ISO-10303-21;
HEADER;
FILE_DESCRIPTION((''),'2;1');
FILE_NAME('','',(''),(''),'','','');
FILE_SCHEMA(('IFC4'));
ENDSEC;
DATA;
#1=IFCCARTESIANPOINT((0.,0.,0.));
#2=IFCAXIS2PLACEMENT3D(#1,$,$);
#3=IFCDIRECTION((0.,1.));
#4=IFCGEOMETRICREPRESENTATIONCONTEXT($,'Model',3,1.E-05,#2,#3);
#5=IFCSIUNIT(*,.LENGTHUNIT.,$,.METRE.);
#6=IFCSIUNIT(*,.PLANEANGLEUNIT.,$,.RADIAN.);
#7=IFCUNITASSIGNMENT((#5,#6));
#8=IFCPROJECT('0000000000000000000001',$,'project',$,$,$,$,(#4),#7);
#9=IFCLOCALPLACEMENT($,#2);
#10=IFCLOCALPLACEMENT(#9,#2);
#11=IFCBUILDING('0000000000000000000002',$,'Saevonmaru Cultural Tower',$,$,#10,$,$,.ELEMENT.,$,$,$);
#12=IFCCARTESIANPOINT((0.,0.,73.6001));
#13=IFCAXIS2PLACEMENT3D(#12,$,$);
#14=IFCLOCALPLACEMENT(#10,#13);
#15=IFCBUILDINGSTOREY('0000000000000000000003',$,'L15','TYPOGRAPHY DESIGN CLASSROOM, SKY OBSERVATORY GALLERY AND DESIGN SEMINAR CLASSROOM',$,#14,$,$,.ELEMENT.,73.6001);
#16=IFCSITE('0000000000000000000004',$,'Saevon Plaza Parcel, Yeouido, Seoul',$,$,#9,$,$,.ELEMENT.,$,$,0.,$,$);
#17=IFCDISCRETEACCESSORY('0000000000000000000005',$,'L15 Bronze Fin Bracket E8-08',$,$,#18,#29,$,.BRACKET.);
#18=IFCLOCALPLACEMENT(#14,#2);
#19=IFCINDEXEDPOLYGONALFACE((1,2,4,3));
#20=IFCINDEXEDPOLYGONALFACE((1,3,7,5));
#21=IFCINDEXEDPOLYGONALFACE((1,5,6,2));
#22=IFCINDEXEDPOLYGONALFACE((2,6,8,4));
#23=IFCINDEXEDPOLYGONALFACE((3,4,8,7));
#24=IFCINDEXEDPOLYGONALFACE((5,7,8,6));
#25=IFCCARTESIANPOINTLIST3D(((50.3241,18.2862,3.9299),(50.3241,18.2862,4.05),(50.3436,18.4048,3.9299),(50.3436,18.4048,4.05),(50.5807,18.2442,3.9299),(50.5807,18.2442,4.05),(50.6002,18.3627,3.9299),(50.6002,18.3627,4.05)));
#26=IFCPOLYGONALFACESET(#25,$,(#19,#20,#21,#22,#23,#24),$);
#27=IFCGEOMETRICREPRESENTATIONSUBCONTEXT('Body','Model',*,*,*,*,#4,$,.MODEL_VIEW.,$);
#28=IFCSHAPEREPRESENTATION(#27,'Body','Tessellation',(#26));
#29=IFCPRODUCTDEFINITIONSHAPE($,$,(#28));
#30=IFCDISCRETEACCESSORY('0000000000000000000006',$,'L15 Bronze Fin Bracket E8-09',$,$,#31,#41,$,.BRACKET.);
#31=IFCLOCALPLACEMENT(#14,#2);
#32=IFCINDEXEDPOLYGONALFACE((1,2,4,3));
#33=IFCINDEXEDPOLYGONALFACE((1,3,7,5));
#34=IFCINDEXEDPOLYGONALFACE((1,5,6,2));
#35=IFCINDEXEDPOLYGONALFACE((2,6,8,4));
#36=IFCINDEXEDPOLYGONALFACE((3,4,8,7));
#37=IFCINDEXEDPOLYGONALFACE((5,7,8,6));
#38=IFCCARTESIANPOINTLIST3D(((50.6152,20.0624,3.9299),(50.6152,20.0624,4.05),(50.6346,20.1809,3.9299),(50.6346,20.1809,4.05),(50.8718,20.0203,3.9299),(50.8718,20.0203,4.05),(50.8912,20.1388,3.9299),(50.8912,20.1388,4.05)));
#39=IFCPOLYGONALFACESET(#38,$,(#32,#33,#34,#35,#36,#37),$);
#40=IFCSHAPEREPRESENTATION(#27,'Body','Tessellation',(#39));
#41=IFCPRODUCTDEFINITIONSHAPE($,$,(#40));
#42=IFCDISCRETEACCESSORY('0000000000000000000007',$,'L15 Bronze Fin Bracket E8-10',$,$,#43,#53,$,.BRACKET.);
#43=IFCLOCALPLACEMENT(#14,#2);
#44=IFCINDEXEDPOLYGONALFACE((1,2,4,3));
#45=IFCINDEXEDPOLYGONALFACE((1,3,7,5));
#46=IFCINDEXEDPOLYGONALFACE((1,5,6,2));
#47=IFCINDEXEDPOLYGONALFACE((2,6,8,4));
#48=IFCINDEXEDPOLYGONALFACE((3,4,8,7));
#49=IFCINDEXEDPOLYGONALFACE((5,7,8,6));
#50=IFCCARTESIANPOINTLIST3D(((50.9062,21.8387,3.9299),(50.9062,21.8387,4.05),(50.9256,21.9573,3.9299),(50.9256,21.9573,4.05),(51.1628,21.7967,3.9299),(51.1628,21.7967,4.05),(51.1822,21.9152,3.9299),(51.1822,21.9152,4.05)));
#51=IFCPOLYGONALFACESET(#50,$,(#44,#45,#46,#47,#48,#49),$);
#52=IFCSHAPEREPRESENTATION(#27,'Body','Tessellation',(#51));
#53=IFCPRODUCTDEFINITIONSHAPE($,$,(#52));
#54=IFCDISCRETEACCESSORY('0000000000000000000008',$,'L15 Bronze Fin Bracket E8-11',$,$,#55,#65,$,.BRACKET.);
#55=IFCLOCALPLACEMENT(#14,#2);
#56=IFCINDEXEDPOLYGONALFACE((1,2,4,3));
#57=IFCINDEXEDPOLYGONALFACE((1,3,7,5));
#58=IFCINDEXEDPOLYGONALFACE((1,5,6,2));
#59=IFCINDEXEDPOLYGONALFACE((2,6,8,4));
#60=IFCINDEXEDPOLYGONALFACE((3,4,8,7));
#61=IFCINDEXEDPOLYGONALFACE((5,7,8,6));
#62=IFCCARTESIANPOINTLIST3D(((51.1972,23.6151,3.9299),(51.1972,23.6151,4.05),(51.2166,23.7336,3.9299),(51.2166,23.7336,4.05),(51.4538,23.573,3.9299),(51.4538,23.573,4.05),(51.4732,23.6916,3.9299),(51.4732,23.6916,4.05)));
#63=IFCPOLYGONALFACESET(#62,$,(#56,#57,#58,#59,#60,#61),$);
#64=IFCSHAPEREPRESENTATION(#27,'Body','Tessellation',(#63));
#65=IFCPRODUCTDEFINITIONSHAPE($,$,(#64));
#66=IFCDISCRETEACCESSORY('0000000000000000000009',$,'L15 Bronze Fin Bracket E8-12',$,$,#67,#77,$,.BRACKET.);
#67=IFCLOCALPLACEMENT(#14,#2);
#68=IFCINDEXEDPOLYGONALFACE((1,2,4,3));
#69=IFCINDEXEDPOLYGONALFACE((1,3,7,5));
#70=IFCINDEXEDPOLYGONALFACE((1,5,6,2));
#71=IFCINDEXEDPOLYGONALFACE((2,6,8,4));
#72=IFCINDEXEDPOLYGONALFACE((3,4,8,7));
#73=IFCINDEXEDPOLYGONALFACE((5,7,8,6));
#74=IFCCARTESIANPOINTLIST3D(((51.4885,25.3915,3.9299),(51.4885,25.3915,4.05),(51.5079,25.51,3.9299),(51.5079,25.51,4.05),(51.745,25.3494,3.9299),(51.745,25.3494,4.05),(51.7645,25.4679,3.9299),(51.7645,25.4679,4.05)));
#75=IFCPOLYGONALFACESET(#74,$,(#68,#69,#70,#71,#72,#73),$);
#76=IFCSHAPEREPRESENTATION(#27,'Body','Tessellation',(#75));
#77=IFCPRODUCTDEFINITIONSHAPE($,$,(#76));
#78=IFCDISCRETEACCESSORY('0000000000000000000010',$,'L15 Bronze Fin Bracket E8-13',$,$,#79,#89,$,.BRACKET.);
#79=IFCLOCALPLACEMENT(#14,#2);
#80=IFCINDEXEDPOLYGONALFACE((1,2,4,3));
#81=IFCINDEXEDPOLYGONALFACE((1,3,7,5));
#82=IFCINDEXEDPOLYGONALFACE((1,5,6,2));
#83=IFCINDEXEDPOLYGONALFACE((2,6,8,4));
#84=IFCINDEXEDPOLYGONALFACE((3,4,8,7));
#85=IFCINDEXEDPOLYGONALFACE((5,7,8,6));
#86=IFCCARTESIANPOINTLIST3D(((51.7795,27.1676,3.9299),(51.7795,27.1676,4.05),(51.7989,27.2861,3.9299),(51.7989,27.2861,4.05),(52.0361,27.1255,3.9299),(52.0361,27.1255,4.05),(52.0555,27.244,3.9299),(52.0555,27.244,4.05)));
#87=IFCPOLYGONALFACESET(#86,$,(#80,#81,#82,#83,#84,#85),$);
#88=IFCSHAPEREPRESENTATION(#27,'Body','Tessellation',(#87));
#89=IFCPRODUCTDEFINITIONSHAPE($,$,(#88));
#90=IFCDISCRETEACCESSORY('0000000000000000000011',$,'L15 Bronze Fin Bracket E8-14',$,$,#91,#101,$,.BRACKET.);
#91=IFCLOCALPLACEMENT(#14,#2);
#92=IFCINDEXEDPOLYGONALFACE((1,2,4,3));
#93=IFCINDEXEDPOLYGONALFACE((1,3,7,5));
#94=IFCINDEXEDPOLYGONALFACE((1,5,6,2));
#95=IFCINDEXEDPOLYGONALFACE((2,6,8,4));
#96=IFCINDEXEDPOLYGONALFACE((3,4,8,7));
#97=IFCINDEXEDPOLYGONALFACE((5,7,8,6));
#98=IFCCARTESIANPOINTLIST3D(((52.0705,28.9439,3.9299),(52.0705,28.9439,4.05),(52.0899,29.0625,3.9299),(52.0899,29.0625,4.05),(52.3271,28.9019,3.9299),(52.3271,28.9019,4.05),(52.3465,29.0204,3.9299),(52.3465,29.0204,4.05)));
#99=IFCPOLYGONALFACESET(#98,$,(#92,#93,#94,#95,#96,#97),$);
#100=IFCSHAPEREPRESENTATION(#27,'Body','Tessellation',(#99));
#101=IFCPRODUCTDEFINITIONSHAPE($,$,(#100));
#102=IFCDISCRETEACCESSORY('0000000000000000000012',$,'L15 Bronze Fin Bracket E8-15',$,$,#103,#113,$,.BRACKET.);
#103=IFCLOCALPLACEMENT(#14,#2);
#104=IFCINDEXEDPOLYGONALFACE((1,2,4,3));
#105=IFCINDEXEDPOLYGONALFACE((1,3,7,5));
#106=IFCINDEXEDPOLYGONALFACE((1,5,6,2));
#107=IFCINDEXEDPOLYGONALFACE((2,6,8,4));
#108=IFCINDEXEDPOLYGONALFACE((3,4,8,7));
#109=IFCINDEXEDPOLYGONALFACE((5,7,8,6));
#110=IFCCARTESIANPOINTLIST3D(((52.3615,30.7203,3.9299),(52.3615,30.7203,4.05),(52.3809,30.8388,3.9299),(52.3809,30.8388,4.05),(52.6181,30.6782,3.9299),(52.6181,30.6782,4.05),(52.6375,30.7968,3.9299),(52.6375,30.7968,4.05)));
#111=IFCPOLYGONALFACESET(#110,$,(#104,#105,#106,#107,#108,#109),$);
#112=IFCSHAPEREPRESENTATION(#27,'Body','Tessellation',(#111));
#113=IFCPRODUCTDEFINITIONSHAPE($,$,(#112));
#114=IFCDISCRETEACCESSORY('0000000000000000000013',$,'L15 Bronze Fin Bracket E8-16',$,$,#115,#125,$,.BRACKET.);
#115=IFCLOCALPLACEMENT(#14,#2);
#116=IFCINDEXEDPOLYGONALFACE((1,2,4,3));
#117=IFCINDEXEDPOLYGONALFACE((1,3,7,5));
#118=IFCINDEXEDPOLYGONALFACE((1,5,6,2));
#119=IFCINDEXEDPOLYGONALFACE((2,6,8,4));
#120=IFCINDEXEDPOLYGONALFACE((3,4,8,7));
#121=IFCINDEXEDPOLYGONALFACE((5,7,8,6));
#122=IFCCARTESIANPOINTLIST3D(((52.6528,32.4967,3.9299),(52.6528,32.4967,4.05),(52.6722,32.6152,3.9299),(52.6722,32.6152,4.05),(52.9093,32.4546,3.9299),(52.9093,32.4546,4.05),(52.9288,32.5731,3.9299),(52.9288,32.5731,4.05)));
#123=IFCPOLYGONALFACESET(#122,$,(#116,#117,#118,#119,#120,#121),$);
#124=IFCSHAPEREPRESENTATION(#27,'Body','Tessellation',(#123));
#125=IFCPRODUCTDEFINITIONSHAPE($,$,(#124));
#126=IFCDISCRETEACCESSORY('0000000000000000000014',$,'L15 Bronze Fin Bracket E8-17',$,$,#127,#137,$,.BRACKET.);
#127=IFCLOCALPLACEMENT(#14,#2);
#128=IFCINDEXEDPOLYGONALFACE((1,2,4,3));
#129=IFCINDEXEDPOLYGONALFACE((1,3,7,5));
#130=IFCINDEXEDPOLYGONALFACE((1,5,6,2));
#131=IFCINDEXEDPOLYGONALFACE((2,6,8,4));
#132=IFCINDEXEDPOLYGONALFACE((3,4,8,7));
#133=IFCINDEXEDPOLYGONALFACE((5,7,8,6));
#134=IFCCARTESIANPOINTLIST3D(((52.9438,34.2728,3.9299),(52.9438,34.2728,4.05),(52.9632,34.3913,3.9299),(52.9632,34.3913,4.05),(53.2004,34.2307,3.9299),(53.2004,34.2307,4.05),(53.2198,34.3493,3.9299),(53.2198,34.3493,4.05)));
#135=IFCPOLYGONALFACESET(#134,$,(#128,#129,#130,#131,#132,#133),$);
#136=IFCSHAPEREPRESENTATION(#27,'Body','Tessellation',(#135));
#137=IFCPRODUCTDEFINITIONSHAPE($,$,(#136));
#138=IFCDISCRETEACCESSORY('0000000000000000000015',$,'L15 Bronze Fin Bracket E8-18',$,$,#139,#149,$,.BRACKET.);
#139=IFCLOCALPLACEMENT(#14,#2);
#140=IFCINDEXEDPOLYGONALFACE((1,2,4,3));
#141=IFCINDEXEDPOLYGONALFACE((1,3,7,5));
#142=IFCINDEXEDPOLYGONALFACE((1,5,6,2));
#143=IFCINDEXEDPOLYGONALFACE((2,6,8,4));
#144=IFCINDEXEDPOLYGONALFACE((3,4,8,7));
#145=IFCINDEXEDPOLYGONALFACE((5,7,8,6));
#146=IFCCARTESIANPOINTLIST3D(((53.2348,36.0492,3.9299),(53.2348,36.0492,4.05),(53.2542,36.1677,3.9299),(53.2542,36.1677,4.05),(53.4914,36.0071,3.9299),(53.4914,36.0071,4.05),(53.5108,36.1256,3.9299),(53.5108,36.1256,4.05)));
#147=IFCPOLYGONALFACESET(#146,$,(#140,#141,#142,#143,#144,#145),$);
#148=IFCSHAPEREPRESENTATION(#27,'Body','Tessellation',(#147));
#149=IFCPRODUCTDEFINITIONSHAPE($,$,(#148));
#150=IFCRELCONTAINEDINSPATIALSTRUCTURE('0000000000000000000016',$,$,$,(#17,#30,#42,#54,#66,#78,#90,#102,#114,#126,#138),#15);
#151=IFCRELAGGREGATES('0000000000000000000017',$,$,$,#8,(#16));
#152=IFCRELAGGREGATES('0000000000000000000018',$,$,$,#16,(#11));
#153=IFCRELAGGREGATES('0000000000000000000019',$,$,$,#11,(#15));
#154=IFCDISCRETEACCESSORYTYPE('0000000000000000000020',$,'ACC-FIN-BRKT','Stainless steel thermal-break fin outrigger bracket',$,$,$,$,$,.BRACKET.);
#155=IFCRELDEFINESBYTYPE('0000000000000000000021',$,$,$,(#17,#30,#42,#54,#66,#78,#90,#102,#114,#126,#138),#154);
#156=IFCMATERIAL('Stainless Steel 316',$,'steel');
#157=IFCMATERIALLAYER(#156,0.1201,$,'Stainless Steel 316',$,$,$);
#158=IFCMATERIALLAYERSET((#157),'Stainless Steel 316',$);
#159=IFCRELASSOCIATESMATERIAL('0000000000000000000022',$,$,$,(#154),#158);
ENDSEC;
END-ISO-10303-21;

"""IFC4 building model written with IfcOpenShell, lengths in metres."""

from ifc_helpers import new_model, si_unit, direction, frame, origin, origin_2d, place, context, subcontext, project, spatial, rectangle, extrude, material, layer, layer_set, type_object, element, save


model = new_model("IFC4")

# Units and contexts
model_context = context("Model", 3, precision=1e-05, world=origin(), true_north=direction((0.0, 1.0)))
body_context = subcontext(model_context, "Body", "Model", "MODEL_VIEW")
ifc_project = project(units=[si_unit("LENGTHUNIT", "METRE"), si_unit("PLANEANGLEUNIT", "RADIAN")], contexts=[model_context])

# Site, building, storey
site_placement = place(None, origin())
site = spatial("IfcSite", under=ifc_project, at=site_placement, Name="Saevon Plaza Parcel, Yeouido, Seoul", CompositionType="ELEMENT", RefElevation=0.0)
building_placement = place(site_placement, origin())
building = spatial("IfcBuilding", under=site, at=building_placement, Name="Saevonmaru Cultural Tower", CompositionType="ELEMENT")
storey_placement = place(building_placement, frame((0.0, 0.0, 73.6001)))
storey = spatial("IfcBuildingStorey", under=building, at=storey_placement, Name="L15", Description="TYPOGRAPHY DESIGN CLASSROOM, SKY OBSERVATORY GALLERY AND DESIGN SEMINAR CLASSROOM", CompositionType="ELEMENT", Elevation=73.6001)

# Discrete accessories
ifc_material_1 = material(Name="Stainless Steel 316", Category="steel")
ifc_layer_1 = layer(ifc_material_1, 0.1201, Name="Stainless Steel 316")
ifc_layer_set_1 = layer_set([ifc_layer_1], Name="Stainless Steel 316")
discrete_accessory_type = type_object("IfcDiscreteAccessoryType", Name="ACC-FIN-BRKT", Description="Stainless steel thermal-break fin outrigger bracket", PredefinedType="BRACKET", material=ifc_layer_set_1)
for number, where, z_axis, x_axis, name in (
    (1, (50.4622, 18.3245, 3.9299), (0.0, 0.0, 1.0), (0.986827, -0.161776, 0.0), "L15 Bronze Fin Bracket E8-08"),
    (2, (50.7532, 20.1006, 3.9299), (0.0, 0.0, 1.0), (0.986827, -0.161776, 0.0), "L15 Bronze Fin Bracket E8-09"),
    (3, (51.0442, 21.877, 3.9299), (0.0, 0.0, 1.0), (0.986827, -0.161776, 0.0), "L15 Bronze Fin Bracket E8-10"),
    (4, (51.3352, 23.6533, 3.9299), (0.0, 0.0, 1.0), (0.986827, -0.161776, 0.0), "L15 Bronze Fin Bracket E8-11"),
    (5, (51.6265, 25.4297, 3.9299), (0.0, 0.0, 1.0), (0.986827, -0.161776, 0.0), "L15 Bronze Fin Bracket E8-12"),
    (6, (51.9175, 27.2058, 3.9299), (0.0, 0.0, 1.0), (0.986827, -0.161776, 0.0), "L15 Bronze Fin Bracket E8-13"),
    (7, (52.2085, 28.9822, 3.9299), (0.0, 0.0, 1.0), (0.986827, -0.161776, 0.0), "L15 Bronze Fin Bracket E8-14"),
    (8, (52.4995, 30.7585, 3.9299), (0.0, 0.0, 1.0), (0.986827, -0.161776, 0.0), "L15 Bronze Fin Bracket E8-15"),
    (9, (52.7908, 32.5349, 3.9299), (0.0, 0.0, 1.0), (0.986827, -0.161776, 0.0), "L15 Bronze Fin Bracket E8-16"),
    (10, (53.0818, 34.311, 3.9299), (0.0, 0.0, 1.0), (0.986827, -0.161776, 0.0), "L15 Bronze Fin Bracket E8-17"),
    (11, (53.3728, 36.0874, 3.9299), (0.0, 0.0, 1.0), (0.986827, -0.161776, 0.0), "L15 Bronze Fin Bracket E8-18"),
):
    element("IfcDiscreteAccessory", number, at=place(storey_placement, frame(where, z_axis=z_axis, x_axis=x_axis)), inside=storey, type_object=discrete_accessory_type, Name=name, PredefinedType="BRACKET", context=body_context, shape_type="SweptSolid", body=[
        extrude(rectangle(XDim=0.26, YDim=0.1201, at=origin_2d()), origin(), (0.0, 0.0, 1.0), 0.1201),
    ])

save(model, "model.ifc")
